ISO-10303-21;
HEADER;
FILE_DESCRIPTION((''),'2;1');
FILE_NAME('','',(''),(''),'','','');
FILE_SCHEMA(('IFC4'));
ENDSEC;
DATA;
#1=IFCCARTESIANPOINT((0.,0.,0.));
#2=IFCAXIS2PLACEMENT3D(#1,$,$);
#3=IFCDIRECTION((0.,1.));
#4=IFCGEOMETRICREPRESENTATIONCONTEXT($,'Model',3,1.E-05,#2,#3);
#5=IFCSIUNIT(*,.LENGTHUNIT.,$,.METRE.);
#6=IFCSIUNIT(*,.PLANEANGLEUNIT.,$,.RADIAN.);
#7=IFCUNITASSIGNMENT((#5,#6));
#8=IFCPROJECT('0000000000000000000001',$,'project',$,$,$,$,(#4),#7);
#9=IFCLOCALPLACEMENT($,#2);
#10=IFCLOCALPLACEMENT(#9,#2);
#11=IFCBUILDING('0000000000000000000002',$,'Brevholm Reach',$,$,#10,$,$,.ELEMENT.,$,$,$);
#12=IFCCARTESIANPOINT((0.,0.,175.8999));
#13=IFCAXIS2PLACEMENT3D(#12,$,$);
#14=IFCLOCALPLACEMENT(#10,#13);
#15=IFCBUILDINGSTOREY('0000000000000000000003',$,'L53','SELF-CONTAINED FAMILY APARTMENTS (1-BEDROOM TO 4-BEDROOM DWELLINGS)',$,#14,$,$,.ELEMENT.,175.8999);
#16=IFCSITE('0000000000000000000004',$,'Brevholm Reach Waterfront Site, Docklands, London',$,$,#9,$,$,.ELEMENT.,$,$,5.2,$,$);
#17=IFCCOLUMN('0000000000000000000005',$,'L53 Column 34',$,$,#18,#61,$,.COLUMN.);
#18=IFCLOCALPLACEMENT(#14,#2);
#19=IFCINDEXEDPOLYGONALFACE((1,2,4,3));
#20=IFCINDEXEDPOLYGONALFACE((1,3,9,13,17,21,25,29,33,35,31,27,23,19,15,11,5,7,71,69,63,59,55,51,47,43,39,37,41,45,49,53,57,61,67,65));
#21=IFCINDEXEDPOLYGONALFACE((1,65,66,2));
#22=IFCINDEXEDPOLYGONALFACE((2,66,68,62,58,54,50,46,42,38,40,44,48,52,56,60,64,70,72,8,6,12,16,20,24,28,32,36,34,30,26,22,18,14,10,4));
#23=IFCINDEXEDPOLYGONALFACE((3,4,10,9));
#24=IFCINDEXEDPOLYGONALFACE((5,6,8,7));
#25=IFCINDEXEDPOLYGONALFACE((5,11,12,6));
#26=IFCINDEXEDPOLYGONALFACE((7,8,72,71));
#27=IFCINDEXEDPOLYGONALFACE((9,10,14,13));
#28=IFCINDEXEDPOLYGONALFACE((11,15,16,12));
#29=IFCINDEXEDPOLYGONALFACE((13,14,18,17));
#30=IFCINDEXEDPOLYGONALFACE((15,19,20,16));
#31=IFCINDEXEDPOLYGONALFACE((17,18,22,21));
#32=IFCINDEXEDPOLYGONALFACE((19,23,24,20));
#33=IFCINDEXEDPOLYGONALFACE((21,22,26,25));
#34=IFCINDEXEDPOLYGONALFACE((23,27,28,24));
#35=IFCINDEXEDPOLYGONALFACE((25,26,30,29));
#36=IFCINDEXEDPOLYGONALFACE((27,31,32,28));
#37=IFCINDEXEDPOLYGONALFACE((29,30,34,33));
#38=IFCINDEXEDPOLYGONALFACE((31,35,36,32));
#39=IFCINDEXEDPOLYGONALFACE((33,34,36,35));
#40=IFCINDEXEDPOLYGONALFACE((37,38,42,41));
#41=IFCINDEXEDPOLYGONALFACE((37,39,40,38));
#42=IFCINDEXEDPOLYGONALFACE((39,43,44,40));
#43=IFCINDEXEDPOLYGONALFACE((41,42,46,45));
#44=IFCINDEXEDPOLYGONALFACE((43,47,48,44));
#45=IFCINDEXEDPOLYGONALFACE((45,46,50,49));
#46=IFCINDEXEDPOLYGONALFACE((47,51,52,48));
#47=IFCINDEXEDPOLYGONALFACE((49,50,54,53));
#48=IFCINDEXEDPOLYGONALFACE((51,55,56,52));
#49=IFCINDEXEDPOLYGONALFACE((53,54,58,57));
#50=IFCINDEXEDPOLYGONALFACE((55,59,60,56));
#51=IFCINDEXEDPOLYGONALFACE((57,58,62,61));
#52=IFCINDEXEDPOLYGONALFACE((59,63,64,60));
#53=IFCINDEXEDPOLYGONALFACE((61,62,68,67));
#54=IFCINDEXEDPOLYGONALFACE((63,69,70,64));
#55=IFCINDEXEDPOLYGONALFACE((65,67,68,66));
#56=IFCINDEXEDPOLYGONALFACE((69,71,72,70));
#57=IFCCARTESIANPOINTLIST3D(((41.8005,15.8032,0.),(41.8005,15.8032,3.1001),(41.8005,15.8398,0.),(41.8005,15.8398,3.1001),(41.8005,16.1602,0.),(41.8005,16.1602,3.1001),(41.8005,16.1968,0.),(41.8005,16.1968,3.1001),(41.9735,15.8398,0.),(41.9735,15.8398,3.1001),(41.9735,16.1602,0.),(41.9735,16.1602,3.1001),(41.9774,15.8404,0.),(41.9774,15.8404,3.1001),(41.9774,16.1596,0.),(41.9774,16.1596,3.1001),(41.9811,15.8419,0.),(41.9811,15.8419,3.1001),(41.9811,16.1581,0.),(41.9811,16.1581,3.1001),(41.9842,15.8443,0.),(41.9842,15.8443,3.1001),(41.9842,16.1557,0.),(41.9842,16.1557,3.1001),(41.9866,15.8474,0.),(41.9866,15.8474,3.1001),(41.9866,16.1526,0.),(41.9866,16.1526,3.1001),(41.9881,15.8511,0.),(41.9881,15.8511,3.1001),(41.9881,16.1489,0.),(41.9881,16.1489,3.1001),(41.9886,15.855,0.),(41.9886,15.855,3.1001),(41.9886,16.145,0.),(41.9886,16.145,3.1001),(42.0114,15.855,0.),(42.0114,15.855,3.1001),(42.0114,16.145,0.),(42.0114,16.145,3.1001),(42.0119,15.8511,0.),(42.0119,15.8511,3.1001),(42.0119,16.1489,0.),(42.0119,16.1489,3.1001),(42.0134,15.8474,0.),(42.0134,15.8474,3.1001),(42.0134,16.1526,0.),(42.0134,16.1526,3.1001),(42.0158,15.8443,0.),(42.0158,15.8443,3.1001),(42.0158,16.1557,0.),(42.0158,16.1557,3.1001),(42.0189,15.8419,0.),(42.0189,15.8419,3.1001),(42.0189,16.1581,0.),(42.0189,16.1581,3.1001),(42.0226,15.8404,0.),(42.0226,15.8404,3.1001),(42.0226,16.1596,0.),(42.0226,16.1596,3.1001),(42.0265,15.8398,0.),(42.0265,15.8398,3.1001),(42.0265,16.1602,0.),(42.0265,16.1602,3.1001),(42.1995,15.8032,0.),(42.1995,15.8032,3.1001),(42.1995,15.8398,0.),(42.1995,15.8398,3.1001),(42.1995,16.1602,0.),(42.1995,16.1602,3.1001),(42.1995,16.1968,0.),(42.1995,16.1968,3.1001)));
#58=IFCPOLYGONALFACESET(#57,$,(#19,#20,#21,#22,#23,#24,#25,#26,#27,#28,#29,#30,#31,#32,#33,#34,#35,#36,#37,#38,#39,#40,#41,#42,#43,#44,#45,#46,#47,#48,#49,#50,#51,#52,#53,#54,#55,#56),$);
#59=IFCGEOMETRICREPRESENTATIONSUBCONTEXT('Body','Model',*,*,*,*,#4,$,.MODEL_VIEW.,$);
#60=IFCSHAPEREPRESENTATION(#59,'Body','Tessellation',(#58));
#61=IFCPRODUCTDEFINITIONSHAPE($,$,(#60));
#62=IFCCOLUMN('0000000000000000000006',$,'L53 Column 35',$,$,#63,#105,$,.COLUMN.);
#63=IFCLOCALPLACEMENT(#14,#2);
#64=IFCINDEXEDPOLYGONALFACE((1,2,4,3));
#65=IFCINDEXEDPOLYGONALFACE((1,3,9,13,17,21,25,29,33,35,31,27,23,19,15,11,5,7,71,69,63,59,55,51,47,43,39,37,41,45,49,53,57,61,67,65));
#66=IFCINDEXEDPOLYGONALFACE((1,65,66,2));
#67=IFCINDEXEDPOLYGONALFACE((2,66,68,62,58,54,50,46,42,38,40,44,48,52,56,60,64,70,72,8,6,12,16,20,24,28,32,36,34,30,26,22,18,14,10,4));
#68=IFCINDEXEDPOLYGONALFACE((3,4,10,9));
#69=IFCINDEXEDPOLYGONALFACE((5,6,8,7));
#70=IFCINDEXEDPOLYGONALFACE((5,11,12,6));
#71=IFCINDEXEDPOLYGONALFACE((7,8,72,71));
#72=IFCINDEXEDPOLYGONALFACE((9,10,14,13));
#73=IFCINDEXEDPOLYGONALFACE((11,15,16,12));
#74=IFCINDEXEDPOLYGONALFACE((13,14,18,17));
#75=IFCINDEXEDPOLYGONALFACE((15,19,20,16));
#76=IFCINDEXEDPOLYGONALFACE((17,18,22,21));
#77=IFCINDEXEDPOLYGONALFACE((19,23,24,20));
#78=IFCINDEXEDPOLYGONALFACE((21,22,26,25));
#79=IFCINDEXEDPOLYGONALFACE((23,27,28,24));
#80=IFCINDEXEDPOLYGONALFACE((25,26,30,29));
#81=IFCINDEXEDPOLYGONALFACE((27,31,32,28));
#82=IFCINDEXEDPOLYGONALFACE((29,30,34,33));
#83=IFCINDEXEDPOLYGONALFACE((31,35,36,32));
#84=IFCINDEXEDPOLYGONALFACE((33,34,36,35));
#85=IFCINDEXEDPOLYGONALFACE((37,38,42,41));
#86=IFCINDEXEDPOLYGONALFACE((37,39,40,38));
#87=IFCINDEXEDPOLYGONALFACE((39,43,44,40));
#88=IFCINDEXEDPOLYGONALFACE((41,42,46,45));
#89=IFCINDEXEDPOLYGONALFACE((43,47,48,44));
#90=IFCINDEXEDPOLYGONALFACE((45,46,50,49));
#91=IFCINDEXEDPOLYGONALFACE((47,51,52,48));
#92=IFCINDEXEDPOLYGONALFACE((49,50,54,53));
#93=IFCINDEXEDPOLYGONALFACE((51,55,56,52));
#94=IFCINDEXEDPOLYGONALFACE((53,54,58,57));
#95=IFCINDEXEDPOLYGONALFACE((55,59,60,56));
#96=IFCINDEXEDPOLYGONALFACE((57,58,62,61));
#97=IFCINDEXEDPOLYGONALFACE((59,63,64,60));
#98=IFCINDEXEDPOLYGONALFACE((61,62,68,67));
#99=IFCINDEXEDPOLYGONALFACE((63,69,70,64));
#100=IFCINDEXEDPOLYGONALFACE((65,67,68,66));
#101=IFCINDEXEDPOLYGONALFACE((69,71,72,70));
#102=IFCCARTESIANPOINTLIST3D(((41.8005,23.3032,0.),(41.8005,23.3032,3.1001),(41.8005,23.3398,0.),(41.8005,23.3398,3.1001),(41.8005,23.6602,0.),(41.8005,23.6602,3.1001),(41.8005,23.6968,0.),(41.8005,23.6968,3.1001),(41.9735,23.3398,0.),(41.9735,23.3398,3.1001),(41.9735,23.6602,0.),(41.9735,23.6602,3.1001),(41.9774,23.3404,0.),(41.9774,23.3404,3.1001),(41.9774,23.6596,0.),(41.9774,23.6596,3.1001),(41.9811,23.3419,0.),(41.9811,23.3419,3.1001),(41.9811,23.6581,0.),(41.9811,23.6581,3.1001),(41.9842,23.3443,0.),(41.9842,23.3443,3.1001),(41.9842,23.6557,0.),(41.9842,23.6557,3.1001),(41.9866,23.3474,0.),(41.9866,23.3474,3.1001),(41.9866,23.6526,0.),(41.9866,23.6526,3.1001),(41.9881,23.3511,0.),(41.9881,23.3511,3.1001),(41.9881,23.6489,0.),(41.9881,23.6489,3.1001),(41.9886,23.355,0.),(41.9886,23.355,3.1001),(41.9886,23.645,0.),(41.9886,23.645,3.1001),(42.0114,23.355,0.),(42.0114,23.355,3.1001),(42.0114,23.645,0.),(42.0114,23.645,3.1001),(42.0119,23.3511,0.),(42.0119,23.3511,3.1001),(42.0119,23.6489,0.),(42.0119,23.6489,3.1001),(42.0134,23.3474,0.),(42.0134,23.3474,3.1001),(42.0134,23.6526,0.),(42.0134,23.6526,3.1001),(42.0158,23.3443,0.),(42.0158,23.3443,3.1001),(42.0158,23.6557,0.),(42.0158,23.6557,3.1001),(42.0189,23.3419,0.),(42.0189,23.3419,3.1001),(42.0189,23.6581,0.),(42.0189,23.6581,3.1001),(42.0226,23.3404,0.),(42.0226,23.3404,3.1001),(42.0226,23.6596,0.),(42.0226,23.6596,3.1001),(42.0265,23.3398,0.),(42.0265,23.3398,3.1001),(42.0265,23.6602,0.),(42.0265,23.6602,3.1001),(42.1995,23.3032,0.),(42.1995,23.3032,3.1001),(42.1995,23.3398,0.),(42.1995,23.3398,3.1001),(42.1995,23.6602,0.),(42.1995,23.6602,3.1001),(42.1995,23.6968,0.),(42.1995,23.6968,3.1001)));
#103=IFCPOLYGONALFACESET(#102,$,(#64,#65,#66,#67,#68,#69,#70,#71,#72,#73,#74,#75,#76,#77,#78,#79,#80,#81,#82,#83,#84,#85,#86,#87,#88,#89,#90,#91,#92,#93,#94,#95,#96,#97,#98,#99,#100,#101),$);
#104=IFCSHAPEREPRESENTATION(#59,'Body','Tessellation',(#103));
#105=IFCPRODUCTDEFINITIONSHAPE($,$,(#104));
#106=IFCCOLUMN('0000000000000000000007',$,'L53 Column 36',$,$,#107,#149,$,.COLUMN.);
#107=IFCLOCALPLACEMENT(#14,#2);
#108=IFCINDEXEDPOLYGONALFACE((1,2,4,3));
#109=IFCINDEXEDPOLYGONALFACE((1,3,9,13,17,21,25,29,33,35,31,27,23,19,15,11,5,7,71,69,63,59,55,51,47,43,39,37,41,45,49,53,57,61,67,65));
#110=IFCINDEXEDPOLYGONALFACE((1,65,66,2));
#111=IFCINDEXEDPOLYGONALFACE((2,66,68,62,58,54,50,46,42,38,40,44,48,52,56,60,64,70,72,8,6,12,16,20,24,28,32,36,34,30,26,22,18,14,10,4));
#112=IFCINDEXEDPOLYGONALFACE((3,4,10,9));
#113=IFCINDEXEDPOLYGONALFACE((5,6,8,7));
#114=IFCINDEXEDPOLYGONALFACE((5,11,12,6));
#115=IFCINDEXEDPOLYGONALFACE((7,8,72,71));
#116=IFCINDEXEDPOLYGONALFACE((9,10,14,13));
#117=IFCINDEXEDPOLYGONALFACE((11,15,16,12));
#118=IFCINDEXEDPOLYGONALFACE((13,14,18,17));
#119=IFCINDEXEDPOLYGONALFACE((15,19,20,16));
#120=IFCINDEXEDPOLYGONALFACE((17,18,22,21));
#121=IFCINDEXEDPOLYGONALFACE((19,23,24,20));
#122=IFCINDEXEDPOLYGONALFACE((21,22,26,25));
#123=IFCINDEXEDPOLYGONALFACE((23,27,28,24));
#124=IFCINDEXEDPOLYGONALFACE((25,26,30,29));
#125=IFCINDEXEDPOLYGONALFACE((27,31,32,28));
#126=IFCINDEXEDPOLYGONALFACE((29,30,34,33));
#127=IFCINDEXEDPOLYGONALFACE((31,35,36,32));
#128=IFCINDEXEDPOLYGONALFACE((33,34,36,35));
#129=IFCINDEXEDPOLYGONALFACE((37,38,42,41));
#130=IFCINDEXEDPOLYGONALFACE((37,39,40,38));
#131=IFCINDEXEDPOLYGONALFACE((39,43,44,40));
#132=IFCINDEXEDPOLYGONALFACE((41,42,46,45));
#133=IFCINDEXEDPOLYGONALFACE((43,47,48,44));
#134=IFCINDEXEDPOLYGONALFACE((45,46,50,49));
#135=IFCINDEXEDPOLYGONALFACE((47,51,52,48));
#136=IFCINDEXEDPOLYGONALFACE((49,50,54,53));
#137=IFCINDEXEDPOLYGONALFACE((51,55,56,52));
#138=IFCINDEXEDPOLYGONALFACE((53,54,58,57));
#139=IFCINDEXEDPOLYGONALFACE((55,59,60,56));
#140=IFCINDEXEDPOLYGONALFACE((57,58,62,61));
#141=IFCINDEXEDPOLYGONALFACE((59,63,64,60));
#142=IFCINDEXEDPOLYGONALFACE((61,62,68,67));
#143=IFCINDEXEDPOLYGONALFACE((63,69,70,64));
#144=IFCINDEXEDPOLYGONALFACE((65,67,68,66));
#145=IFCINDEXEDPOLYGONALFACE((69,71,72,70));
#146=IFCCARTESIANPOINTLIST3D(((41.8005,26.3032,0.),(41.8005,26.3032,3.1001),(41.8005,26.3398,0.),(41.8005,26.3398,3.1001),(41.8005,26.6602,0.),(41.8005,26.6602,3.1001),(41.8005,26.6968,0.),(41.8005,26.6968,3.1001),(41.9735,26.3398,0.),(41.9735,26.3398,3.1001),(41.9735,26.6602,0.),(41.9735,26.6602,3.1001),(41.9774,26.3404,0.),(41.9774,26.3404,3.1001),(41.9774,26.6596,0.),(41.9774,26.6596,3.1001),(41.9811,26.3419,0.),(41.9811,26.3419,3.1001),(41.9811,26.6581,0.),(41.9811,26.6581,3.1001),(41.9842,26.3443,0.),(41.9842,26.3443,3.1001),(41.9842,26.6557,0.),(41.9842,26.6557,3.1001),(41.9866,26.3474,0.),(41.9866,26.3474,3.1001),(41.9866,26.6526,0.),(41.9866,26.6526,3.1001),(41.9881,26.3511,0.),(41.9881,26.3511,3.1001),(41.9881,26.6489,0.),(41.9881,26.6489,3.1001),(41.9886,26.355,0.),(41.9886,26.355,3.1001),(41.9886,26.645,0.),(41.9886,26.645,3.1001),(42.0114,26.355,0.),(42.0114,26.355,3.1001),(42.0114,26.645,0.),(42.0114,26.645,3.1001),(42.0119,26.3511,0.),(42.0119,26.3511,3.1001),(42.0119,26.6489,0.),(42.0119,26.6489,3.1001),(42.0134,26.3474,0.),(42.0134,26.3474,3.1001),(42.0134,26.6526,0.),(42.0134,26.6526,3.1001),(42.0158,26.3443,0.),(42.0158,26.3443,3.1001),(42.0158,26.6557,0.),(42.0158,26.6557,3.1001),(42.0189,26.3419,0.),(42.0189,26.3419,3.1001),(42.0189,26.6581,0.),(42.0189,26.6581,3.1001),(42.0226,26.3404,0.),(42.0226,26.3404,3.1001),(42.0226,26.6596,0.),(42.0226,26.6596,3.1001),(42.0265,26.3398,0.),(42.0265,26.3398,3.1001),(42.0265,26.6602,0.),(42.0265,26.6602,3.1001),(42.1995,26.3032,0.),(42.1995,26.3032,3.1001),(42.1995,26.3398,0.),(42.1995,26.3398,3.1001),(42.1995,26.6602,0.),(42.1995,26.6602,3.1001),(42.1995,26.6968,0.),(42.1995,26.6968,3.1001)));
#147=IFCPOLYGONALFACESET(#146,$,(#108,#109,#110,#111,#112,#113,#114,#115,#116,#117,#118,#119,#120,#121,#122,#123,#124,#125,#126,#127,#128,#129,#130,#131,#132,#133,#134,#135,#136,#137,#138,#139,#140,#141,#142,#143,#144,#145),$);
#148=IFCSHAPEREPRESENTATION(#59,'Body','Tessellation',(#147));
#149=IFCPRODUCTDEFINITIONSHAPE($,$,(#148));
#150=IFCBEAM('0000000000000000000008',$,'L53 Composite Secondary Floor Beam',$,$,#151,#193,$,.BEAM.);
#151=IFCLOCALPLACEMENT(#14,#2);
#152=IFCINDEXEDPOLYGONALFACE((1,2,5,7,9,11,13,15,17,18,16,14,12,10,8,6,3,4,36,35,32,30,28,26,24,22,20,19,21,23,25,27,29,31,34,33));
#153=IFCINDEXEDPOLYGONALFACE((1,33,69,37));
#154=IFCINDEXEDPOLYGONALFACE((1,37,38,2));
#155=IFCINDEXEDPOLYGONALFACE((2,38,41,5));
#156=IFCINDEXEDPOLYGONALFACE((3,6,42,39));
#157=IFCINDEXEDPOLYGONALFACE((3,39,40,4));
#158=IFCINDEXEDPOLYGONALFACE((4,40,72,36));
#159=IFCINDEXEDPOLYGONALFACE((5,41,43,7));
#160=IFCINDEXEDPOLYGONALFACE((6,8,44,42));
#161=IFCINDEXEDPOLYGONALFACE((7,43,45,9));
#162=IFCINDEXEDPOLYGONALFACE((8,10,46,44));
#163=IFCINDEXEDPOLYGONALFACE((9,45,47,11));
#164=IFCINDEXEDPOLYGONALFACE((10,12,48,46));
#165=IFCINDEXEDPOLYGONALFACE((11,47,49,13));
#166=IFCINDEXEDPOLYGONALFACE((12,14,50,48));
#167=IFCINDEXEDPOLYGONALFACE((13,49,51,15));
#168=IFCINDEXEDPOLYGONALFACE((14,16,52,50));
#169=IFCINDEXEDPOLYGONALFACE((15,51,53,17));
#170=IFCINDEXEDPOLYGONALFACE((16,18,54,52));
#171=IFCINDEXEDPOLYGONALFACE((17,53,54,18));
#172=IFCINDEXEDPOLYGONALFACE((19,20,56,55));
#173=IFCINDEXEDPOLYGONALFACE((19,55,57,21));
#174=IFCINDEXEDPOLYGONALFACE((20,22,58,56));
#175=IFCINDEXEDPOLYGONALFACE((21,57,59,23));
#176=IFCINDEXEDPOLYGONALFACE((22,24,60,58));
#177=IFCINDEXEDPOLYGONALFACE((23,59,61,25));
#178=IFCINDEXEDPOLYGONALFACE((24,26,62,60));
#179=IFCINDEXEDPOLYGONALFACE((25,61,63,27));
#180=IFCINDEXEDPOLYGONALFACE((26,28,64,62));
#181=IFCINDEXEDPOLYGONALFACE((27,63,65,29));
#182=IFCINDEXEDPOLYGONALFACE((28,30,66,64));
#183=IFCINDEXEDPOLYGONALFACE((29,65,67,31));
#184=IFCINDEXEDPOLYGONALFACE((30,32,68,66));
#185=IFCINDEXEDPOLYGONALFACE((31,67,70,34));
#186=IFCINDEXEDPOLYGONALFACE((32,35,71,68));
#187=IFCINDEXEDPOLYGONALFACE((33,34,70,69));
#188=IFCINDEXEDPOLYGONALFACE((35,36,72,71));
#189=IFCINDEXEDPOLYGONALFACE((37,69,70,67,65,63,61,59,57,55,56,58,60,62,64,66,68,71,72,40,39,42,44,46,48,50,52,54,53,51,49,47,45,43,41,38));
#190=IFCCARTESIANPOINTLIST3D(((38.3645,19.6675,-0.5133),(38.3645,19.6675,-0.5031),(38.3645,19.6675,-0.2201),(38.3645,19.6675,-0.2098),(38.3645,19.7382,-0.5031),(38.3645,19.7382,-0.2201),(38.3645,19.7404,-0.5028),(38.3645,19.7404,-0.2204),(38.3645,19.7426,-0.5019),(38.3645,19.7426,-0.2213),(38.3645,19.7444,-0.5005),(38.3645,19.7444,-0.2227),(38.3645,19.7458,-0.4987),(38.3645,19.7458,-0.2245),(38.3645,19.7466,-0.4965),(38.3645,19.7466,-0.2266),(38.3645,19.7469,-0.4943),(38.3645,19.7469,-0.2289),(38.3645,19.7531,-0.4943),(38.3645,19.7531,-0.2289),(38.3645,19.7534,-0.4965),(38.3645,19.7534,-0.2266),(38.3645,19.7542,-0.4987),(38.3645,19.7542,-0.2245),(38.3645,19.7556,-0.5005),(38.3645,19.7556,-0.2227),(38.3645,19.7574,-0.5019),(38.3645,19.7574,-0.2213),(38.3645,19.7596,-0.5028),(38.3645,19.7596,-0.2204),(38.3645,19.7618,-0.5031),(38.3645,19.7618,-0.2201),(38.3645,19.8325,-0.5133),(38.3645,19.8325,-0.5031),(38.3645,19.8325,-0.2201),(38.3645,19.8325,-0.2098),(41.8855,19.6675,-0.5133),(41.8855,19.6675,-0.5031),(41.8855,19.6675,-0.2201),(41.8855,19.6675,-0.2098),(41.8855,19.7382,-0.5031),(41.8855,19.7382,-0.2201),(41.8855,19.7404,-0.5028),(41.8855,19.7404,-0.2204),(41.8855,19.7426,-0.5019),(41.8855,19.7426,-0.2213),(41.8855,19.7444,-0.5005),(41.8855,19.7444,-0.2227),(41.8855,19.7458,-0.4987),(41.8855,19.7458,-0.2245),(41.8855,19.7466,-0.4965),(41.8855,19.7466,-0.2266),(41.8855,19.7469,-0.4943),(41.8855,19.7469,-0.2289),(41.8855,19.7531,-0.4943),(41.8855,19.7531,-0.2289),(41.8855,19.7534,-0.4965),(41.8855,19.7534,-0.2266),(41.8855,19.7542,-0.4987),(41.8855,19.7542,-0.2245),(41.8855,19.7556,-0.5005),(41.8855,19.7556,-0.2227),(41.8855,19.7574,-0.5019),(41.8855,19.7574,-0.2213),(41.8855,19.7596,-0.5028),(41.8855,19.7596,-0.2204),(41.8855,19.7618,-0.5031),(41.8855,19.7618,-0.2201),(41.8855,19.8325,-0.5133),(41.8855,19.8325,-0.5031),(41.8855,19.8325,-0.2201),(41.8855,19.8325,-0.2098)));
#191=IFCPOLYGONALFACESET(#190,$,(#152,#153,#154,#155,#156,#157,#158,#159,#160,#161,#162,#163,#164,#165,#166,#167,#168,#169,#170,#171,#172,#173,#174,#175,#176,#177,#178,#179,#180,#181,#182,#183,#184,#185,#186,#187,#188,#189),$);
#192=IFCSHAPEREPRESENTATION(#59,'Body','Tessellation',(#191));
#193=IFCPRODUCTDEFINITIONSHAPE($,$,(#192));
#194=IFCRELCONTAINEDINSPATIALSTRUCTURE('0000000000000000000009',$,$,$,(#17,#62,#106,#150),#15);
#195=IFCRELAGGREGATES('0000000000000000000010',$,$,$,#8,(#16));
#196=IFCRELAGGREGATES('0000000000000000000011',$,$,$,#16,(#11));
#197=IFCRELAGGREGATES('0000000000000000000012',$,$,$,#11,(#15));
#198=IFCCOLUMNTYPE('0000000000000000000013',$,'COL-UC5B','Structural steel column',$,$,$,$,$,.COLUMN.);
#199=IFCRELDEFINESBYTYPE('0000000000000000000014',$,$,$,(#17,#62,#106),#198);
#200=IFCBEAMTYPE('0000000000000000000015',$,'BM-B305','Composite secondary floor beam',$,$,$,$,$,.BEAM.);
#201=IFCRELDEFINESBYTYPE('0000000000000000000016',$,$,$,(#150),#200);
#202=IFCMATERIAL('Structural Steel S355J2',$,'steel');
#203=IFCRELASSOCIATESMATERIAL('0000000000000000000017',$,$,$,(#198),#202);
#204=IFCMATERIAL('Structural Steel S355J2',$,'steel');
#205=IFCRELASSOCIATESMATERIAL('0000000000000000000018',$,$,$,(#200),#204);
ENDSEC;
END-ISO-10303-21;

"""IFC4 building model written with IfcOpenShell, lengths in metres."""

from ifc_helpers import new_model, si_unit, direction, frame, origin, origin_2d, place, context, subcontext, project, spatial, i_section, extrude, material, material_profile, profile_set, type_object, element, save


model = new_model("IFC4")

# Units and contexts
model_context = context("Model", 3, precision=1e-05, world=origin(), true_north=direction((0.0, 1.0)))
body_context = subcontext(model_context, "Body", "Model", "MODEL_VIEW")
ifc_project = project(units=[si_unit("LENGTHUNIT", "METRE"), si_unit("PLANEANGLEUNIT", "RADIAN")], contexts=[model_context])

# Site, building, storey
site_placement = place(None, origin())
site = spatial("IfcSite", under=ifc_project, at=site_placement, Name="Brevholm Reach Waterfront Site, Docklands, London", CompositionType="ELEMENT", RefElevation=5.2)
building_placement = place(site_placement, origin())
building = spatial("IfcBuilding", under=site, at=building_placement, Name="Brevholm Reach", CompositionType="ELEMENT")
storey_placement = place(building_placement, frame((0.0, 0.0, 175.8999)))
storey = spatial("IfcBuildingStorey", under=building, at=storey_placement, Name="L53", Description="SELF-CONTAINED FAMILY APARTMENTS (1-BEDROOM TO 4-BEDROOM DWELLINGS)", CompositionType="ELEMENT", Elevation=175.8999)

# Columns
ifc_material_1 = material(Name="Structural Steel S355J2", Category="steel")
ifc_material_profile_1 = material_profile(ifc_material_1, i_section(OverallWidth=0.3989, OverallDepth=0.3936, WebThickness=0.0227, FlangeThickness=0.0366, FilletRadius=0.0151, at=origin_2d()), Name="UKC 356x406x287")
ifc_profile_set_1 = profile_set([ifc_material_profile_1], Name="Structural Steel S355J2")
column_type = type_object("IfcColumnType", Name="COL-UC5B", Description="Structural steel column", PredefinedType="COLUMN", material=ifc_profile_set_1)
for number, where, z_axis, x_axis, name in (
    (1, (42.0, 16.0, 0.0), (0.0, 0.0, 1.0), (1.0, 0.0, 0.0), "L53 Column 34"),
    (2, (42.0, 23.5, 0.0), (0.0, 0.0, 1.0), (1.0, 0.0, 0.0), "L53 Column 35"),
    (3, (42.0, 26.5, 0.0), (0.0, 0.0, 1.0), (1.0, 0.0, 0.0), "L53 Column 36"),
):
    element("IfcColumn", number, at=place(storey_placement, frame(where, z_axis=z_axis, x_axis=x_axis)), inside=storey, type_object=column_type, Name=name, PredefinedType="COLUMN", context=body_context, shape_type="SweptSolid", body=[
        extrude(i_section(OverallWidth=0.3989, OverallDepth=0.3936, WebThickness=0.0227, FlangeThickness=0.0366, FilletRadius=0.0151, at=origin_2d()), origin(), (0.0, 0.0, 1.0), 3.1001),
    ])

# Beam
ifc_material_2 = material(Name="Structural Steel S355J2", Category="steel")
ifc_material_profile_2 = material_profile(ifc_material_2, i_section(OverallWidth=0.165, OverallDepth=0.3035, WebThickness=0.0061, FlangeThickness=0.0103, FilletRadius=0.0088, at=origin_2d()), Name="UKB 305x165x40")
ifc_profile_set_2 = profile_set([ifc_material_profile_2], Name="Structural Steel S355J2")
beam_type_1 = type_object("IfcBeamType", Name="BM-B305", Description="Composite secondary floor beam", PredefinedType="BEAM", material=ifc_profile_set_2)
beam_1_placement = place(storey_placement, frame((38.3645, 19.75, -0.3616), z_axis=(1.0, 0.0, 0.0), x_axis=(0.0, 1.0, 0.0)))
element("IfcBeam", 4, at=beam_1_placement, inside=storey, type_object=beam_type_1, Name="L53 Composite Secondary Floor Beam", PredefinedType="BEAM", context=body_context, shape_type="SweptSolid", body=[
    extrude(i_section(OverallWidth=0.165, OverallDepth=0.3035, WebThickness=0.0061, FlangeThickness=0.0103, FilletRadius=0.0088, at=origin_2d()), origin(), (0.0, 0.0, 1.0), 3.521),
])

save(model, "model.ifc")
